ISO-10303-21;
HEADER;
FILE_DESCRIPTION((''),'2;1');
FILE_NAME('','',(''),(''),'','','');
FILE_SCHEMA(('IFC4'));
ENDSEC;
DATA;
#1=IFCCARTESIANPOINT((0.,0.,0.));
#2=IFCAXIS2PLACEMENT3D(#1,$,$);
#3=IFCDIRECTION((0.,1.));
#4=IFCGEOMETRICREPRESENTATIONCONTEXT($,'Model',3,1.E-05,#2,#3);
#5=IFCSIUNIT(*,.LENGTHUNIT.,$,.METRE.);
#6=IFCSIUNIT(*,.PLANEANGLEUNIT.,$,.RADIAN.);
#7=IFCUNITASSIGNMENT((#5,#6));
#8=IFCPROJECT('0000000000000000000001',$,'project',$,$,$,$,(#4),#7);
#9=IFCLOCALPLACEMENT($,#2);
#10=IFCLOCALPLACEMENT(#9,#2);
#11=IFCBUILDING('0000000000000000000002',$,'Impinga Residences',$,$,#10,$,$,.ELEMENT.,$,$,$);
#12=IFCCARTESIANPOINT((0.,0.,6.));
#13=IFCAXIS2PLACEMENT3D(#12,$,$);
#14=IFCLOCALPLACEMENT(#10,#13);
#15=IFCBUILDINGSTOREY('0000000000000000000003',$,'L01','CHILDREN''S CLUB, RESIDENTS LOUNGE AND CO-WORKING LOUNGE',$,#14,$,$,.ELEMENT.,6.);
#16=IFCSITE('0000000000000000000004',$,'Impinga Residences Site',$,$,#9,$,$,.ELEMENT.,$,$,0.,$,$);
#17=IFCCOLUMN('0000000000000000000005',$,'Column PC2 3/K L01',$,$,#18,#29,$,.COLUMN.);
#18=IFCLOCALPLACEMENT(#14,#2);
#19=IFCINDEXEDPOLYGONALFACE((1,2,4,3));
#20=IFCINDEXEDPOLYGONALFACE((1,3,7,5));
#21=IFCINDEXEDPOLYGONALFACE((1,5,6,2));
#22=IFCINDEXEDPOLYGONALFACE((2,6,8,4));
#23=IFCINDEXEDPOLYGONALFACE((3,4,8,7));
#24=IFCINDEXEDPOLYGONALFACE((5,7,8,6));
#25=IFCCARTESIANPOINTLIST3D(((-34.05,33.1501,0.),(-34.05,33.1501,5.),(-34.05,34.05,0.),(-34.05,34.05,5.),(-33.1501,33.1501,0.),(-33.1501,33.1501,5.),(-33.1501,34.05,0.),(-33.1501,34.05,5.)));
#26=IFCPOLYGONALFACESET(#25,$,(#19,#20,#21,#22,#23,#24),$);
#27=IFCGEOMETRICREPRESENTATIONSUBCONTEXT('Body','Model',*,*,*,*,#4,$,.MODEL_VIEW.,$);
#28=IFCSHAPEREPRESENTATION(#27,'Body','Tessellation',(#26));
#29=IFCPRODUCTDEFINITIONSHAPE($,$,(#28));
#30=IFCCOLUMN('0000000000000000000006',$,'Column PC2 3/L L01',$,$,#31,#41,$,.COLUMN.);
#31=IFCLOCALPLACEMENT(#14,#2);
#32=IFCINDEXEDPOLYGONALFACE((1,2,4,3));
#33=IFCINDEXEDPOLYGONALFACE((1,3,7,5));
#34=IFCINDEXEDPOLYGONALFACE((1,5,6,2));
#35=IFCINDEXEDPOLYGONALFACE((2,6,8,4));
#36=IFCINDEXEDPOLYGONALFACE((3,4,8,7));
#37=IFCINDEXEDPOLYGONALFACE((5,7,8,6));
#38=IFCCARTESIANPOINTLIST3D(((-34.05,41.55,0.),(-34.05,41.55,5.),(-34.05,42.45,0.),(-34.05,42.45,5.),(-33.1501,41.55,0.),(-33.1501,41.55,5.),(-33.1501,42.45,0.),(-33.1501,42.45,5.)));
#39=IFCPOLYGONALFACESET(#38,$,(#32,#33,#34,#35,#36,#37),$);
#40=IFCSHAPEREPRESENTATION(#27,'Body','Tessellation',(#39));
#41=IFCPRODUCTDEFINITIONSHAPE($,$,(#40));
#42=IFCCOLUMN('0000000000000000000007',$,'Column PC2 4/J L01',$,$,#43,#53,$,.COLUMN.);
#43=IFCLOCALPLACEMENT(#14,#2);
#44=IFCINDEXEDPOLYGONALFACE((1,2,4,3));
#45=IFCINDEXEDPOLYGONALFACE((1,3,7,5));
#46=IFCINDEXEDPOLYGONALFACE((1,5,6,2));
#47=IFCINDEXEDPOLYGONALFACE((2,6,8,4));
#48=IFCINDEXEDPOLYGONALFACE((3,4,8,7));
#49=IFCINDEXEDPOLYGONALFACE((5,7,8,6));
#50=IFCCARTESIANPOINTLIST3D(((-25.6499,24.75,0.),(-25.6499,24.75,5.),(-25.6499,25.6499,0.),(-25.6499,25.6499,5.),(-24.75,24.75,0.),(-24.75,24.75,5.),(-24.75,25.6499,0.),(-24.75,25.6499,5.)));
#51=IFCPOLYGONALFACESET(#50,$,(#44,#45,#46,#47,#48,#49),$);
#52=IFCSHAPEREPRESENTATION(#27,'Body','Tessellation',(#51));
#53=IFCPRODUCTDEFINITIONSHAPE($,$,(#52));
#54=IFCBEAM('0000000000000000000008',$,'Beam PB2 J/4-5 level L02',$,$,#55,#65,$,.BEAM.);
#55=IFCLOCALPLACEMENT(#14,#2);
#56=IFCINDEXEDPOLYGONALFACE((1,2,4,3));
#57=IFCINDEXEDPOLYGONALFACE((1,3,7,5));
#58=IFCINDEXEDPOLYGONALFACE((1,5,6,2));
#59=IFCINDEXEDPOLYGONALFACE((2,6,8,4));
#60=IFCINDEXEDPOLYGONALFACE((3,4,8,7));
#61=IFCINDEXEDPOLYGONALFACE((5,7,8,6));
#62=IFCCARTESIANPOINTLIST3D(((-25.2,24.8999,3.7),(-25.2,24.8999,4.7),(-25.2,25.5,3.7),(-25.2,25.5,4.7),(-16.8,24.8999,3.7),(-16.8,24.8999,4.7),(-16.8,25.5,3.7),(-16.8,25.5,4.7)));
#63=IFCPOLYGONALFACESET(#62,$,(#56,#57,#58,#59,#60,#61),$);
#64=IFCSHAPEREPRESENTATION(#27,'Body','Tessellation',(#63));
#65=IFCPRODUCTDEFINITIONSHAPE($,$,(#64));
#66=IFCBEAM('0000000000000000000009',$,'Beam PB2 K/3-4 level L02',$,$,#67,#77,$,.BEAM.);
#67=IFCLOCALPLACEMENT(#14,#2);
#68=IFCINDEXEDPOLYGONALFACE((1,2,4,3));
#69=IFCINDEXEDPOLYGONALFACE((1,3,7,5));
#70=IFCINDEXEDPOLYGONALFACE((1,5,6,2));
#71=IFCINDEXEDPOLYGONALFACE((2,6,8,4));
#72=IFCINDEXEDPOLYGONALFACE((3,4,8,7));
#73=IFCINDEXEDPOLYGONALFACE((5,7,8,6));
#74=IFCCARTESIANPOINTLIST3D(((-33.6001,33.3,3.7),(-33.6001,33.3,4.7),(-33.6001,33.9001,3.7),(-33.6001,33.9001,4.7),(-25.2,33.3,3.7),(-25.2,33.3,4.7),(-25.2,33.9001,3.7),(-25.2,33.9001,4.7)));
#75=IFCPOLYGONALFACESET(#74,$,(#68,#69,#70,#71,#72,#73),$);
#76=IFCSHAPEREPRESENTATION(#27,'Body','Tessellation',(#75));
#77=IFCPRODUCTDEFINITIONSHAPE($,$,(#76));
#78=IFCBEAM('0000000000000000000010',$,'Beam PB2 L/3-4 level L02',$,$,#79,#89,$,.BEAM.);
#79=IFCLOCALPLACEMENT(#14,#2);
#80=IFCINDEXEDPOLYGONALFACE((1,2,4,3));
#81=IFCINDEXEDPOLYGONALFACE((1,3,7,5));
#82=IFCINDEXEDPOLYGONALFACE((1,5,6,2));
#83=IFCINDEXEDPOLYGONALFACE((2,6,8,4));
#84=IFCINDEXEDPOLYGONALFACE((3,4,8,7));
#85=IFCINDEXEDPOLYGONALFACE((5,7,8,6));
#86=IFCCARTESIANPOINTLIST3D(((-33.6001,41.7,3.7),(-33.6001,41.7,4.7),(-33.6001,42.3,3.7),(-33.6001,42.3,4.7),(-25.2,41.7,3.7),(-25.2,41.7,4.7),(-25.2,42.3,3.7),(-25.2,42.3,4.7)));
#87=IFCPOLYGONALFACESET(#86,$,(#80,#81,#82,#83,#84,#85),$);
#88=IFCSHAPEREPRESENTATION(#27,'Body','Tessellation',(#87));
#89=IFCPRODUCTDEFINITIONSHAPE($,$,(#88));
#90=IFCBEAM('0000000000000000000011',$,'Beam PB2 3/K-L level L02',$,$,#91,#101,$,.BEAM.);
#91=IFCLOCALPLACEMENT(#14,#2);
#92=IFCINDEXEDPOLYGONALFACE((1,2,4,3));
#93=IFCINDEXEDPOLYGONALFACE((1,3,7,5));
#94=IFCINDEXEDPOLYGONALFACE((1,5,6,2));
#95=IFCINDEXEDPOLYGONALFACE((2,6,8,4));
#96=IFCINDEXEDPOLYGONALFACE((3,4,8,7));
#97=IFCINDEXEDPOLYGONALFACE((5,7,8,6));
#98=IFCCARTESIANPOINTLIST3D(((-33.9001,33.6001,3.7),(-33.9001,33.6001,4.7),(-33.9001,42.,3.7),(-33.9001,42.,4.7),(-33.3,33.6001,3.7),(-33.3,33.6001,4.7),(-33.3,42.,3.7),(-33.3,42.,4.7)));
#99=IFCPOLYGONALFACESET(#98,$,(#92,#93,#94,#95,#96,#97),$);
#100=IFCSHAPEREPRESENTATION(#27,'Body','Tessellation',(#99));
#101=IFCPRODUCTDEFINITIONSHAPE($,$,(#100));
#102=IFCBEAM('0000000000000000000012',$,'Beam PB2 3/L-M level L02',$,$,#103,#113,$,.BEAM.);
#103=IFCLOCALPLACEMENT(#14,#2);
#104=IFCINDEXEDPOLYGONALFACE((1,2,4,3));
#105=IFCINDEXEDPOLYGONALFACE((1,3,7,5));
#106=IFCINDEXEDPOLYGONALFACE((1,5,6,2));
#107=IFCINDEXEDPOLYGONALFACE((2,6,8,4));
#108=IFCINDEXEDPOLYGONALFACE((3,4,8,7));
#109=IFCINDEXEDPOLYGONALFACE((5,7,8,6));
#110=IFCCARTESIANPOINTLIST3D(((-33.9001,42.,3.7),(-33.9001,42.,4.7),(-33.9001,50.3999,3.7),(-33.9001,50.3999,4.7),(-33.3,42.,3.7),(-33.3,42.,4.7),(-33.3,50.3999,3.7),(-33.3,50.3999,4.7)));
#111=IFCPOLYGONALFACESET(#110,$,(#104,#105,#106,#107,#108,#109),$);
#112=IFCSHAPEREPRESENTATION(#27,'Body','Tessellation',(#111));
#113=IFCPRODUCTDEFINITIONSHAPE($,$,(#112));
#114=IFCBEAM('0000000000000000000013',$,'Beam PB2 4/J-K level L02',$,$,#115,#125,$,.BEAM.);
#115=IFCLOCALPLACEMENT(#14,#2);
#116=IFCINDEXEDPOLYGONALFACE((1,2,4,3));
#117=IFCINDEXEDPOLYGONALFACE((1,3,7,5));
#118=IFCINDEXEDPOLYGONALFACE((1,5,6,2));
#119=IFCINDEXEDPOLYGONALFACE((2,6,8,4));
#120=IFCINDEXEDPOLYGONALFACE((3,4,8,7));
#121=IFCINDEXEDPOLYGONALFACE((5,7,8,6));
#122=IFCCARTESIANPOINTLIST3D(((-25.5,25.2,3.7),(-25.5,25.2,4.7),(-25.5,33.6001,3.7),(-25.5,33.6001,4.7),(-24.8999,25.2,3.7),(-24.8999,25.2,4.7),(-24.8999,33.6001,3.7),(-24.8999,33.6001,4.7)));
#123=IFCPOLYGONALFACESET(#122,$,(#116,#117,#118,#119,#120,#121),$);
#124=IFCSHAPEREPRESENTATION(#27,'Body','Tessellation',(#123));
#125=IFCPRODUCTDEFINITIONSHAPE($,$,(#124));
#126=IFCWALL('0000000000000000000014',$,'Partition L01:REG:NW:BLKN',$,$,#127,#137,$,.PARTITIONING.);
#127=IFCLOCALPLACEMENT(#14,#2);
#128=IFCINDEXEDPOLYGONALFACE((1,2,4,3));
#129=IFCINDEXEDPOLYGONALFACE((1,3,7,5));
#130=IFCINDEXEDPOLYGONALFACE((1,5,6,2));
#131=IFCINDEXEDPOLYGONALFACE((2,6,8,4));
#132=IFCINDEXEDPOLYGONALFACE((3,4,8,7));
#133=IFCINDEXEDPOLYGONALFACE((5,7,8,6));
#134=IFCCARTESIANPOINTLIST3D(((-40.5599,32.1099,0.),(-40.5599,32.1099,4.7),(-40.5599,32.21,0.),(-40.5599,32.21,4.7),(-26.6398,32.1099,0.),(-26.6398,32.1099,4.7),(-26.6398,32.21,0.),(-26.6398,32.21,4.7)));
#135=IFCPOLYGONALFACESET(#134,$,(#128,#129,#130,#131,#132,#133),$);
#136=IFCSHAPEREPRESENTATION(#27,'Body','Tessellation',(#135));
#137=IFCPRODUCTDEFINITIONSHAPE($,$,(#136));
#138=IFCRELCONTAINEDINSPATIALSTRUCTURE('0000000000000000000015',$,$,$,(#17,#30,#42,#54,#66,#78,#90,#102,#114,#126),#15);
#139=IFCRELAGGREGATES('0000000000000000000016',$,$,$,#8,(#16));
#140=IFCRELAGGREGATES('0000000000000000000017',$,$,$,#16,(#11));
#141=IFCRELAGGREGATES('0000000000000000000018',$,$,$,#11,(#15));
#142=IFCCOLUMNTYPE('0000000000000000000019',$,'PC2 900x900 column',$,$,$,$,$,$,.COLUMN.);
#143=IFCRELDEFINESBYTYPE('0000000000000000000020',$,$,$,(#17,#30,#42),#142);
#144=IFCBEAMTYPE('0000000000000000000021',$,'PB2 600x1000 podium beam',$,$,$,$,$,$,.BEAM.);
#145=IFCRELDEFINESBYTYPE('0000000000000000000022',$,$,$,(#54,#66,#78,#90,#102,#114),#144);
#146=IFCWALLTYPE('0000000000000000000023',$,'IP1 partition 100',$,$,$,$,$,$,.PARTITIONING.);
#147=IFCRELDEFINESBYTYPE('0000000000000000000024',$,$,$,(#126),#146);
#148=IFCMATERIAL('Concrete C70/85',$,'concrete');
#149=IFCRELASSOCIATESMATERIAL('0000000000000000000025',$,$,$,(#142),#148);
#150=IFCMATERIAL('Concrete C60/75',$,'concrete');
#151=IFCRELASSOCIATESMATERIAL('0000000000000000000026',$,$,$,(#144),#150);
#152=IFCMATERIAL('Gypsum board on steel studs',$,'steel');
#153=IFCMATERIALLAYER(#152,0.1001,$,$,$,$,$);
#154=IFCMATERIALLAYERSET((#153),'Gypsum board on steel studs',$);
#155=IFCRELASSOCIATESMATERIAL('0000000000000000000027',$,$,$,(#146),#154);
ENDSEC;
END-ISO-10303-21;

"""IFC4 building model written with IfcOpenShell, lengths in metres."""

from ifc_helpers import new_model, si_unit, direction, frame, frame_2d, origin, origin_2d, place, context, subcontext, project, spatial, rectangle, extrude, material, layer, layer_set, material_profile, profile_set, type_object, element, save


model = new_model("IFC4")

# Units and contexts
model_context = context("Model", 3, precision=1e-05, world=origin(), true_north=direction((0.0, 1.0)))
body_context = subcontext(model_context, "Body", "Model", "MODEL_VIEW")
ifc_project = project(units=[si_unit("LENGTHUNIT", "METRE"), si_unit("PLANEANGLEUNIT", "RADIAN")], contexts=[model_context])

# Site, building, storey
site_placement = place(None, origin())
site = spatial("IfcSite", under=ifc_project, at=site_placement, Name="Impinga Residences Site", CompositionType="ELEMENT", RefElevation=0.0)
building_placement = place(site_placement, origin())
building = spatial("IfcBuilding", under=site, at=building_placement, Name="Impinga Residences", CompositionType="ELEMENT")
storey_placement = place(building_placement, frame((0.0, 0.0, 6.0)))
storey = spatial("IfcBuildingStorey", under=building, at=storey_placement, Name="L01", Description="CHILDREN'S CLUB, RESIDENTS LOUNGE AND CO-WORKING LOUNGE", CompositionType="ELEMENT", Elevation=6.0)

# Columns
ifc_material_1 = material(Name="Concrete C70/85", Category="concrete")
ifc_material_profile_1 = material_profile(ifc_material_1, rectangle(XDim=0.8999, YDim=0.8999, at=origin_2d()), Name="RC 900x900")
ifc_profile_set_1 = profile_set([ifc_material_profile_1], Name="Concrete C70/85")
column_type = type_object("IfcColumnType", Name="PC2 900x900 column", PredefinedType="COLUMN", material=ifc_profile_set_1)
for number, where, z_axis, x_axis, name in (
    (1, (-33.6001, 33.6001, 0.0), (0.0, 0.0, 1.0), (1.0, 0.0, 0.0), "Column PC2 3/K L01"),
    (2, (-33.6001, 42.0, 0.0), (0.0, 0.0, 1.0), (1.0, 0.0, 0.0), "Column PC2 3/L L01"),
    (3, (-25.2, 25.2, 0.0), (0.0, 0.0, 1.0), (1.0, 0.0, 0.0), "Column PC2 4/J L01"),
):
    element("IfcColumn", number, at=place(storey_placement, frame(where, z_axis=z_axis, x_axis=x_axis)), inside=storey, type_object=column_type, Name=name, PredefinedType="COLUMN", context=body_context, shape_type="SweptSolid", body=[
        extrude(rectangle(XDim=0.8999, YDim=0.8999, at=origin_2d()), origin(), (0.0, 0.0, 1.0), 5.0),
    ])

# Beams
ifc_material_2 = material(Name="Concrete C60/75", Category="concrete")
ifc_material_profile_2 = material_profile(ifc_material_2, rectangle(XDim=0.6001, YDim=1.0, at=origin_2d()), Name="RC 600x1000")
ifc_profile_set_2 = profile_set([ifc_material_profile_2], Name="Concrete C60/75")
beam_type = type_object("IfcBeamType", Name="PB2 600x1000 podium beam", PredefinedType="BEAM", material=ifc_profile_set_2)
beam_1_placement = place(storey_placement, frame((-25.2, 25.2, 4.2), z_axis=(1.0, 0.0, 0.0), x_axis=(0.0, 1.0, 0.0)))
element("IfcBeam", 4, at=beam_1_placement, inside=storey, type_object=beam_type, Name="Beam PB2 J/4-5 level L02", PredefinedType="BEAM", context=body_context, shape_type="SweptSolid", body=[
    extrude(rectangle(XDim=0.6001, YDim=1.0, at=origin_2d()), origin(), (0.0, 0.0, 1.0), 8.3999),
])
for number, where, z_axis, x_axis, name in (
    (5, (-33.6001, 33.6001, 4.2), (1.0, 0.0, 0.0), (0.0, 1.0, 0.0), "Beam PB2 K/3-4 level L02"),
    (6, (-33.6001, 42.0, 4.2), (1.0, 0.0, 0.0), (0.0, 1.0, 0.0), "Beam PB2 L/3-4 level L02"),
):
    element("IfcBeam", number, at=place(storey_placement, frame(where, z_axis=z_axis, x_axis=x_axis)), inside=storey, type_object=beam_type, Name=name, PredefinedType="BEAM", context=body_context, shape_type="SweptSolid", body=[
        extrude(rectangle(XDim=0.6001, YDim=1.0, at=origin_2d()), origin(), (0.0, 0.0, 1.0), 8.4001),
    ])
for number, where, z_axis, x_axis, name in (
    (7, (-33.6001, 33.6001, 4.2), (0.0, 1.0, 0.0), (-1.0, 0.0, 0.0), "Beam PB2 3/K-L level L02"),
    (8, (-33.6001, 42.0, 4.2), (0.0, 1.0, 0.0), (-1.0, 0.0, 0.0), "Beam PB2 3/L-M level L02"),
):
    element("IfcBeam", number, at=place(storey_placement, frame(where, z_axis=z_axis, x_axis=x_axis)), inside=storey, type_object=beam_type, Name=name, PredefinedType="BEAM", context=body_context, shape_type="SweptSolid", body=[
        extrude(rectangle(XDim=0.6001, YDim=1.0, at=origin_2d()), origin(), (0.0, 0.0, 1.0), 8.3999),
    ])
beam_2_placement = place(storey_placement, frame((-25.2, 25.2, 4.2), z_axis=(0.0, 1.0, 0.0), x_axis=(-1.0, 0.0, 0.0)))
element("IfcBeam", 9, at=beam_2_placement, inside=storey, type_object=beam_type, Name="Beam PB2 4/J-K level L02", PredefinedType="BEAM", context=body_context, shape_type="SweptSolid", body=[
    extrude(rectangle(XDim=0.6001, YDim=1.0, at=origin_2d()), origin(), (0.0, 0.0, 1.0), 8.4001),
])

# Wall
ifc_material_3 = material(Name="Gypsum board on steel studs", Category="steel")
ifc_layer = layer(ifc_material_3, 0.1001)
ifc_layer_set = layer_set([ifc_layer], Name="Gypsum board on steel studs")
wall_type = type_object("IfcWallType", Name="IP1 partition 100", PredefinedType="PARTITIONING", material=ifc_layer_set)
wall_1_placement = place(storey_placement, frame((-26.6399, 32.1599, 0.0), z_axis=(0.0, 0.0, 1.0), x_axis=(-1.0, 0.0, 0.0)))
element("IfcWall", 10, at=wall_1_placement, inside=storey, type_object=wall_type, Name="Partition L01:REG:NW:BLKN", PredefinedType="PARTITIONING", context=body_context, shape_type="SweptSolid", body=[
    extrude(rectangle(XDim=13.9202, YDim=0.1001, at=frame_2d((6.96, 0.0))), origin(), (0.0, 0.0, 1.0), 4.7),
])

save(model, "model.ifc")
